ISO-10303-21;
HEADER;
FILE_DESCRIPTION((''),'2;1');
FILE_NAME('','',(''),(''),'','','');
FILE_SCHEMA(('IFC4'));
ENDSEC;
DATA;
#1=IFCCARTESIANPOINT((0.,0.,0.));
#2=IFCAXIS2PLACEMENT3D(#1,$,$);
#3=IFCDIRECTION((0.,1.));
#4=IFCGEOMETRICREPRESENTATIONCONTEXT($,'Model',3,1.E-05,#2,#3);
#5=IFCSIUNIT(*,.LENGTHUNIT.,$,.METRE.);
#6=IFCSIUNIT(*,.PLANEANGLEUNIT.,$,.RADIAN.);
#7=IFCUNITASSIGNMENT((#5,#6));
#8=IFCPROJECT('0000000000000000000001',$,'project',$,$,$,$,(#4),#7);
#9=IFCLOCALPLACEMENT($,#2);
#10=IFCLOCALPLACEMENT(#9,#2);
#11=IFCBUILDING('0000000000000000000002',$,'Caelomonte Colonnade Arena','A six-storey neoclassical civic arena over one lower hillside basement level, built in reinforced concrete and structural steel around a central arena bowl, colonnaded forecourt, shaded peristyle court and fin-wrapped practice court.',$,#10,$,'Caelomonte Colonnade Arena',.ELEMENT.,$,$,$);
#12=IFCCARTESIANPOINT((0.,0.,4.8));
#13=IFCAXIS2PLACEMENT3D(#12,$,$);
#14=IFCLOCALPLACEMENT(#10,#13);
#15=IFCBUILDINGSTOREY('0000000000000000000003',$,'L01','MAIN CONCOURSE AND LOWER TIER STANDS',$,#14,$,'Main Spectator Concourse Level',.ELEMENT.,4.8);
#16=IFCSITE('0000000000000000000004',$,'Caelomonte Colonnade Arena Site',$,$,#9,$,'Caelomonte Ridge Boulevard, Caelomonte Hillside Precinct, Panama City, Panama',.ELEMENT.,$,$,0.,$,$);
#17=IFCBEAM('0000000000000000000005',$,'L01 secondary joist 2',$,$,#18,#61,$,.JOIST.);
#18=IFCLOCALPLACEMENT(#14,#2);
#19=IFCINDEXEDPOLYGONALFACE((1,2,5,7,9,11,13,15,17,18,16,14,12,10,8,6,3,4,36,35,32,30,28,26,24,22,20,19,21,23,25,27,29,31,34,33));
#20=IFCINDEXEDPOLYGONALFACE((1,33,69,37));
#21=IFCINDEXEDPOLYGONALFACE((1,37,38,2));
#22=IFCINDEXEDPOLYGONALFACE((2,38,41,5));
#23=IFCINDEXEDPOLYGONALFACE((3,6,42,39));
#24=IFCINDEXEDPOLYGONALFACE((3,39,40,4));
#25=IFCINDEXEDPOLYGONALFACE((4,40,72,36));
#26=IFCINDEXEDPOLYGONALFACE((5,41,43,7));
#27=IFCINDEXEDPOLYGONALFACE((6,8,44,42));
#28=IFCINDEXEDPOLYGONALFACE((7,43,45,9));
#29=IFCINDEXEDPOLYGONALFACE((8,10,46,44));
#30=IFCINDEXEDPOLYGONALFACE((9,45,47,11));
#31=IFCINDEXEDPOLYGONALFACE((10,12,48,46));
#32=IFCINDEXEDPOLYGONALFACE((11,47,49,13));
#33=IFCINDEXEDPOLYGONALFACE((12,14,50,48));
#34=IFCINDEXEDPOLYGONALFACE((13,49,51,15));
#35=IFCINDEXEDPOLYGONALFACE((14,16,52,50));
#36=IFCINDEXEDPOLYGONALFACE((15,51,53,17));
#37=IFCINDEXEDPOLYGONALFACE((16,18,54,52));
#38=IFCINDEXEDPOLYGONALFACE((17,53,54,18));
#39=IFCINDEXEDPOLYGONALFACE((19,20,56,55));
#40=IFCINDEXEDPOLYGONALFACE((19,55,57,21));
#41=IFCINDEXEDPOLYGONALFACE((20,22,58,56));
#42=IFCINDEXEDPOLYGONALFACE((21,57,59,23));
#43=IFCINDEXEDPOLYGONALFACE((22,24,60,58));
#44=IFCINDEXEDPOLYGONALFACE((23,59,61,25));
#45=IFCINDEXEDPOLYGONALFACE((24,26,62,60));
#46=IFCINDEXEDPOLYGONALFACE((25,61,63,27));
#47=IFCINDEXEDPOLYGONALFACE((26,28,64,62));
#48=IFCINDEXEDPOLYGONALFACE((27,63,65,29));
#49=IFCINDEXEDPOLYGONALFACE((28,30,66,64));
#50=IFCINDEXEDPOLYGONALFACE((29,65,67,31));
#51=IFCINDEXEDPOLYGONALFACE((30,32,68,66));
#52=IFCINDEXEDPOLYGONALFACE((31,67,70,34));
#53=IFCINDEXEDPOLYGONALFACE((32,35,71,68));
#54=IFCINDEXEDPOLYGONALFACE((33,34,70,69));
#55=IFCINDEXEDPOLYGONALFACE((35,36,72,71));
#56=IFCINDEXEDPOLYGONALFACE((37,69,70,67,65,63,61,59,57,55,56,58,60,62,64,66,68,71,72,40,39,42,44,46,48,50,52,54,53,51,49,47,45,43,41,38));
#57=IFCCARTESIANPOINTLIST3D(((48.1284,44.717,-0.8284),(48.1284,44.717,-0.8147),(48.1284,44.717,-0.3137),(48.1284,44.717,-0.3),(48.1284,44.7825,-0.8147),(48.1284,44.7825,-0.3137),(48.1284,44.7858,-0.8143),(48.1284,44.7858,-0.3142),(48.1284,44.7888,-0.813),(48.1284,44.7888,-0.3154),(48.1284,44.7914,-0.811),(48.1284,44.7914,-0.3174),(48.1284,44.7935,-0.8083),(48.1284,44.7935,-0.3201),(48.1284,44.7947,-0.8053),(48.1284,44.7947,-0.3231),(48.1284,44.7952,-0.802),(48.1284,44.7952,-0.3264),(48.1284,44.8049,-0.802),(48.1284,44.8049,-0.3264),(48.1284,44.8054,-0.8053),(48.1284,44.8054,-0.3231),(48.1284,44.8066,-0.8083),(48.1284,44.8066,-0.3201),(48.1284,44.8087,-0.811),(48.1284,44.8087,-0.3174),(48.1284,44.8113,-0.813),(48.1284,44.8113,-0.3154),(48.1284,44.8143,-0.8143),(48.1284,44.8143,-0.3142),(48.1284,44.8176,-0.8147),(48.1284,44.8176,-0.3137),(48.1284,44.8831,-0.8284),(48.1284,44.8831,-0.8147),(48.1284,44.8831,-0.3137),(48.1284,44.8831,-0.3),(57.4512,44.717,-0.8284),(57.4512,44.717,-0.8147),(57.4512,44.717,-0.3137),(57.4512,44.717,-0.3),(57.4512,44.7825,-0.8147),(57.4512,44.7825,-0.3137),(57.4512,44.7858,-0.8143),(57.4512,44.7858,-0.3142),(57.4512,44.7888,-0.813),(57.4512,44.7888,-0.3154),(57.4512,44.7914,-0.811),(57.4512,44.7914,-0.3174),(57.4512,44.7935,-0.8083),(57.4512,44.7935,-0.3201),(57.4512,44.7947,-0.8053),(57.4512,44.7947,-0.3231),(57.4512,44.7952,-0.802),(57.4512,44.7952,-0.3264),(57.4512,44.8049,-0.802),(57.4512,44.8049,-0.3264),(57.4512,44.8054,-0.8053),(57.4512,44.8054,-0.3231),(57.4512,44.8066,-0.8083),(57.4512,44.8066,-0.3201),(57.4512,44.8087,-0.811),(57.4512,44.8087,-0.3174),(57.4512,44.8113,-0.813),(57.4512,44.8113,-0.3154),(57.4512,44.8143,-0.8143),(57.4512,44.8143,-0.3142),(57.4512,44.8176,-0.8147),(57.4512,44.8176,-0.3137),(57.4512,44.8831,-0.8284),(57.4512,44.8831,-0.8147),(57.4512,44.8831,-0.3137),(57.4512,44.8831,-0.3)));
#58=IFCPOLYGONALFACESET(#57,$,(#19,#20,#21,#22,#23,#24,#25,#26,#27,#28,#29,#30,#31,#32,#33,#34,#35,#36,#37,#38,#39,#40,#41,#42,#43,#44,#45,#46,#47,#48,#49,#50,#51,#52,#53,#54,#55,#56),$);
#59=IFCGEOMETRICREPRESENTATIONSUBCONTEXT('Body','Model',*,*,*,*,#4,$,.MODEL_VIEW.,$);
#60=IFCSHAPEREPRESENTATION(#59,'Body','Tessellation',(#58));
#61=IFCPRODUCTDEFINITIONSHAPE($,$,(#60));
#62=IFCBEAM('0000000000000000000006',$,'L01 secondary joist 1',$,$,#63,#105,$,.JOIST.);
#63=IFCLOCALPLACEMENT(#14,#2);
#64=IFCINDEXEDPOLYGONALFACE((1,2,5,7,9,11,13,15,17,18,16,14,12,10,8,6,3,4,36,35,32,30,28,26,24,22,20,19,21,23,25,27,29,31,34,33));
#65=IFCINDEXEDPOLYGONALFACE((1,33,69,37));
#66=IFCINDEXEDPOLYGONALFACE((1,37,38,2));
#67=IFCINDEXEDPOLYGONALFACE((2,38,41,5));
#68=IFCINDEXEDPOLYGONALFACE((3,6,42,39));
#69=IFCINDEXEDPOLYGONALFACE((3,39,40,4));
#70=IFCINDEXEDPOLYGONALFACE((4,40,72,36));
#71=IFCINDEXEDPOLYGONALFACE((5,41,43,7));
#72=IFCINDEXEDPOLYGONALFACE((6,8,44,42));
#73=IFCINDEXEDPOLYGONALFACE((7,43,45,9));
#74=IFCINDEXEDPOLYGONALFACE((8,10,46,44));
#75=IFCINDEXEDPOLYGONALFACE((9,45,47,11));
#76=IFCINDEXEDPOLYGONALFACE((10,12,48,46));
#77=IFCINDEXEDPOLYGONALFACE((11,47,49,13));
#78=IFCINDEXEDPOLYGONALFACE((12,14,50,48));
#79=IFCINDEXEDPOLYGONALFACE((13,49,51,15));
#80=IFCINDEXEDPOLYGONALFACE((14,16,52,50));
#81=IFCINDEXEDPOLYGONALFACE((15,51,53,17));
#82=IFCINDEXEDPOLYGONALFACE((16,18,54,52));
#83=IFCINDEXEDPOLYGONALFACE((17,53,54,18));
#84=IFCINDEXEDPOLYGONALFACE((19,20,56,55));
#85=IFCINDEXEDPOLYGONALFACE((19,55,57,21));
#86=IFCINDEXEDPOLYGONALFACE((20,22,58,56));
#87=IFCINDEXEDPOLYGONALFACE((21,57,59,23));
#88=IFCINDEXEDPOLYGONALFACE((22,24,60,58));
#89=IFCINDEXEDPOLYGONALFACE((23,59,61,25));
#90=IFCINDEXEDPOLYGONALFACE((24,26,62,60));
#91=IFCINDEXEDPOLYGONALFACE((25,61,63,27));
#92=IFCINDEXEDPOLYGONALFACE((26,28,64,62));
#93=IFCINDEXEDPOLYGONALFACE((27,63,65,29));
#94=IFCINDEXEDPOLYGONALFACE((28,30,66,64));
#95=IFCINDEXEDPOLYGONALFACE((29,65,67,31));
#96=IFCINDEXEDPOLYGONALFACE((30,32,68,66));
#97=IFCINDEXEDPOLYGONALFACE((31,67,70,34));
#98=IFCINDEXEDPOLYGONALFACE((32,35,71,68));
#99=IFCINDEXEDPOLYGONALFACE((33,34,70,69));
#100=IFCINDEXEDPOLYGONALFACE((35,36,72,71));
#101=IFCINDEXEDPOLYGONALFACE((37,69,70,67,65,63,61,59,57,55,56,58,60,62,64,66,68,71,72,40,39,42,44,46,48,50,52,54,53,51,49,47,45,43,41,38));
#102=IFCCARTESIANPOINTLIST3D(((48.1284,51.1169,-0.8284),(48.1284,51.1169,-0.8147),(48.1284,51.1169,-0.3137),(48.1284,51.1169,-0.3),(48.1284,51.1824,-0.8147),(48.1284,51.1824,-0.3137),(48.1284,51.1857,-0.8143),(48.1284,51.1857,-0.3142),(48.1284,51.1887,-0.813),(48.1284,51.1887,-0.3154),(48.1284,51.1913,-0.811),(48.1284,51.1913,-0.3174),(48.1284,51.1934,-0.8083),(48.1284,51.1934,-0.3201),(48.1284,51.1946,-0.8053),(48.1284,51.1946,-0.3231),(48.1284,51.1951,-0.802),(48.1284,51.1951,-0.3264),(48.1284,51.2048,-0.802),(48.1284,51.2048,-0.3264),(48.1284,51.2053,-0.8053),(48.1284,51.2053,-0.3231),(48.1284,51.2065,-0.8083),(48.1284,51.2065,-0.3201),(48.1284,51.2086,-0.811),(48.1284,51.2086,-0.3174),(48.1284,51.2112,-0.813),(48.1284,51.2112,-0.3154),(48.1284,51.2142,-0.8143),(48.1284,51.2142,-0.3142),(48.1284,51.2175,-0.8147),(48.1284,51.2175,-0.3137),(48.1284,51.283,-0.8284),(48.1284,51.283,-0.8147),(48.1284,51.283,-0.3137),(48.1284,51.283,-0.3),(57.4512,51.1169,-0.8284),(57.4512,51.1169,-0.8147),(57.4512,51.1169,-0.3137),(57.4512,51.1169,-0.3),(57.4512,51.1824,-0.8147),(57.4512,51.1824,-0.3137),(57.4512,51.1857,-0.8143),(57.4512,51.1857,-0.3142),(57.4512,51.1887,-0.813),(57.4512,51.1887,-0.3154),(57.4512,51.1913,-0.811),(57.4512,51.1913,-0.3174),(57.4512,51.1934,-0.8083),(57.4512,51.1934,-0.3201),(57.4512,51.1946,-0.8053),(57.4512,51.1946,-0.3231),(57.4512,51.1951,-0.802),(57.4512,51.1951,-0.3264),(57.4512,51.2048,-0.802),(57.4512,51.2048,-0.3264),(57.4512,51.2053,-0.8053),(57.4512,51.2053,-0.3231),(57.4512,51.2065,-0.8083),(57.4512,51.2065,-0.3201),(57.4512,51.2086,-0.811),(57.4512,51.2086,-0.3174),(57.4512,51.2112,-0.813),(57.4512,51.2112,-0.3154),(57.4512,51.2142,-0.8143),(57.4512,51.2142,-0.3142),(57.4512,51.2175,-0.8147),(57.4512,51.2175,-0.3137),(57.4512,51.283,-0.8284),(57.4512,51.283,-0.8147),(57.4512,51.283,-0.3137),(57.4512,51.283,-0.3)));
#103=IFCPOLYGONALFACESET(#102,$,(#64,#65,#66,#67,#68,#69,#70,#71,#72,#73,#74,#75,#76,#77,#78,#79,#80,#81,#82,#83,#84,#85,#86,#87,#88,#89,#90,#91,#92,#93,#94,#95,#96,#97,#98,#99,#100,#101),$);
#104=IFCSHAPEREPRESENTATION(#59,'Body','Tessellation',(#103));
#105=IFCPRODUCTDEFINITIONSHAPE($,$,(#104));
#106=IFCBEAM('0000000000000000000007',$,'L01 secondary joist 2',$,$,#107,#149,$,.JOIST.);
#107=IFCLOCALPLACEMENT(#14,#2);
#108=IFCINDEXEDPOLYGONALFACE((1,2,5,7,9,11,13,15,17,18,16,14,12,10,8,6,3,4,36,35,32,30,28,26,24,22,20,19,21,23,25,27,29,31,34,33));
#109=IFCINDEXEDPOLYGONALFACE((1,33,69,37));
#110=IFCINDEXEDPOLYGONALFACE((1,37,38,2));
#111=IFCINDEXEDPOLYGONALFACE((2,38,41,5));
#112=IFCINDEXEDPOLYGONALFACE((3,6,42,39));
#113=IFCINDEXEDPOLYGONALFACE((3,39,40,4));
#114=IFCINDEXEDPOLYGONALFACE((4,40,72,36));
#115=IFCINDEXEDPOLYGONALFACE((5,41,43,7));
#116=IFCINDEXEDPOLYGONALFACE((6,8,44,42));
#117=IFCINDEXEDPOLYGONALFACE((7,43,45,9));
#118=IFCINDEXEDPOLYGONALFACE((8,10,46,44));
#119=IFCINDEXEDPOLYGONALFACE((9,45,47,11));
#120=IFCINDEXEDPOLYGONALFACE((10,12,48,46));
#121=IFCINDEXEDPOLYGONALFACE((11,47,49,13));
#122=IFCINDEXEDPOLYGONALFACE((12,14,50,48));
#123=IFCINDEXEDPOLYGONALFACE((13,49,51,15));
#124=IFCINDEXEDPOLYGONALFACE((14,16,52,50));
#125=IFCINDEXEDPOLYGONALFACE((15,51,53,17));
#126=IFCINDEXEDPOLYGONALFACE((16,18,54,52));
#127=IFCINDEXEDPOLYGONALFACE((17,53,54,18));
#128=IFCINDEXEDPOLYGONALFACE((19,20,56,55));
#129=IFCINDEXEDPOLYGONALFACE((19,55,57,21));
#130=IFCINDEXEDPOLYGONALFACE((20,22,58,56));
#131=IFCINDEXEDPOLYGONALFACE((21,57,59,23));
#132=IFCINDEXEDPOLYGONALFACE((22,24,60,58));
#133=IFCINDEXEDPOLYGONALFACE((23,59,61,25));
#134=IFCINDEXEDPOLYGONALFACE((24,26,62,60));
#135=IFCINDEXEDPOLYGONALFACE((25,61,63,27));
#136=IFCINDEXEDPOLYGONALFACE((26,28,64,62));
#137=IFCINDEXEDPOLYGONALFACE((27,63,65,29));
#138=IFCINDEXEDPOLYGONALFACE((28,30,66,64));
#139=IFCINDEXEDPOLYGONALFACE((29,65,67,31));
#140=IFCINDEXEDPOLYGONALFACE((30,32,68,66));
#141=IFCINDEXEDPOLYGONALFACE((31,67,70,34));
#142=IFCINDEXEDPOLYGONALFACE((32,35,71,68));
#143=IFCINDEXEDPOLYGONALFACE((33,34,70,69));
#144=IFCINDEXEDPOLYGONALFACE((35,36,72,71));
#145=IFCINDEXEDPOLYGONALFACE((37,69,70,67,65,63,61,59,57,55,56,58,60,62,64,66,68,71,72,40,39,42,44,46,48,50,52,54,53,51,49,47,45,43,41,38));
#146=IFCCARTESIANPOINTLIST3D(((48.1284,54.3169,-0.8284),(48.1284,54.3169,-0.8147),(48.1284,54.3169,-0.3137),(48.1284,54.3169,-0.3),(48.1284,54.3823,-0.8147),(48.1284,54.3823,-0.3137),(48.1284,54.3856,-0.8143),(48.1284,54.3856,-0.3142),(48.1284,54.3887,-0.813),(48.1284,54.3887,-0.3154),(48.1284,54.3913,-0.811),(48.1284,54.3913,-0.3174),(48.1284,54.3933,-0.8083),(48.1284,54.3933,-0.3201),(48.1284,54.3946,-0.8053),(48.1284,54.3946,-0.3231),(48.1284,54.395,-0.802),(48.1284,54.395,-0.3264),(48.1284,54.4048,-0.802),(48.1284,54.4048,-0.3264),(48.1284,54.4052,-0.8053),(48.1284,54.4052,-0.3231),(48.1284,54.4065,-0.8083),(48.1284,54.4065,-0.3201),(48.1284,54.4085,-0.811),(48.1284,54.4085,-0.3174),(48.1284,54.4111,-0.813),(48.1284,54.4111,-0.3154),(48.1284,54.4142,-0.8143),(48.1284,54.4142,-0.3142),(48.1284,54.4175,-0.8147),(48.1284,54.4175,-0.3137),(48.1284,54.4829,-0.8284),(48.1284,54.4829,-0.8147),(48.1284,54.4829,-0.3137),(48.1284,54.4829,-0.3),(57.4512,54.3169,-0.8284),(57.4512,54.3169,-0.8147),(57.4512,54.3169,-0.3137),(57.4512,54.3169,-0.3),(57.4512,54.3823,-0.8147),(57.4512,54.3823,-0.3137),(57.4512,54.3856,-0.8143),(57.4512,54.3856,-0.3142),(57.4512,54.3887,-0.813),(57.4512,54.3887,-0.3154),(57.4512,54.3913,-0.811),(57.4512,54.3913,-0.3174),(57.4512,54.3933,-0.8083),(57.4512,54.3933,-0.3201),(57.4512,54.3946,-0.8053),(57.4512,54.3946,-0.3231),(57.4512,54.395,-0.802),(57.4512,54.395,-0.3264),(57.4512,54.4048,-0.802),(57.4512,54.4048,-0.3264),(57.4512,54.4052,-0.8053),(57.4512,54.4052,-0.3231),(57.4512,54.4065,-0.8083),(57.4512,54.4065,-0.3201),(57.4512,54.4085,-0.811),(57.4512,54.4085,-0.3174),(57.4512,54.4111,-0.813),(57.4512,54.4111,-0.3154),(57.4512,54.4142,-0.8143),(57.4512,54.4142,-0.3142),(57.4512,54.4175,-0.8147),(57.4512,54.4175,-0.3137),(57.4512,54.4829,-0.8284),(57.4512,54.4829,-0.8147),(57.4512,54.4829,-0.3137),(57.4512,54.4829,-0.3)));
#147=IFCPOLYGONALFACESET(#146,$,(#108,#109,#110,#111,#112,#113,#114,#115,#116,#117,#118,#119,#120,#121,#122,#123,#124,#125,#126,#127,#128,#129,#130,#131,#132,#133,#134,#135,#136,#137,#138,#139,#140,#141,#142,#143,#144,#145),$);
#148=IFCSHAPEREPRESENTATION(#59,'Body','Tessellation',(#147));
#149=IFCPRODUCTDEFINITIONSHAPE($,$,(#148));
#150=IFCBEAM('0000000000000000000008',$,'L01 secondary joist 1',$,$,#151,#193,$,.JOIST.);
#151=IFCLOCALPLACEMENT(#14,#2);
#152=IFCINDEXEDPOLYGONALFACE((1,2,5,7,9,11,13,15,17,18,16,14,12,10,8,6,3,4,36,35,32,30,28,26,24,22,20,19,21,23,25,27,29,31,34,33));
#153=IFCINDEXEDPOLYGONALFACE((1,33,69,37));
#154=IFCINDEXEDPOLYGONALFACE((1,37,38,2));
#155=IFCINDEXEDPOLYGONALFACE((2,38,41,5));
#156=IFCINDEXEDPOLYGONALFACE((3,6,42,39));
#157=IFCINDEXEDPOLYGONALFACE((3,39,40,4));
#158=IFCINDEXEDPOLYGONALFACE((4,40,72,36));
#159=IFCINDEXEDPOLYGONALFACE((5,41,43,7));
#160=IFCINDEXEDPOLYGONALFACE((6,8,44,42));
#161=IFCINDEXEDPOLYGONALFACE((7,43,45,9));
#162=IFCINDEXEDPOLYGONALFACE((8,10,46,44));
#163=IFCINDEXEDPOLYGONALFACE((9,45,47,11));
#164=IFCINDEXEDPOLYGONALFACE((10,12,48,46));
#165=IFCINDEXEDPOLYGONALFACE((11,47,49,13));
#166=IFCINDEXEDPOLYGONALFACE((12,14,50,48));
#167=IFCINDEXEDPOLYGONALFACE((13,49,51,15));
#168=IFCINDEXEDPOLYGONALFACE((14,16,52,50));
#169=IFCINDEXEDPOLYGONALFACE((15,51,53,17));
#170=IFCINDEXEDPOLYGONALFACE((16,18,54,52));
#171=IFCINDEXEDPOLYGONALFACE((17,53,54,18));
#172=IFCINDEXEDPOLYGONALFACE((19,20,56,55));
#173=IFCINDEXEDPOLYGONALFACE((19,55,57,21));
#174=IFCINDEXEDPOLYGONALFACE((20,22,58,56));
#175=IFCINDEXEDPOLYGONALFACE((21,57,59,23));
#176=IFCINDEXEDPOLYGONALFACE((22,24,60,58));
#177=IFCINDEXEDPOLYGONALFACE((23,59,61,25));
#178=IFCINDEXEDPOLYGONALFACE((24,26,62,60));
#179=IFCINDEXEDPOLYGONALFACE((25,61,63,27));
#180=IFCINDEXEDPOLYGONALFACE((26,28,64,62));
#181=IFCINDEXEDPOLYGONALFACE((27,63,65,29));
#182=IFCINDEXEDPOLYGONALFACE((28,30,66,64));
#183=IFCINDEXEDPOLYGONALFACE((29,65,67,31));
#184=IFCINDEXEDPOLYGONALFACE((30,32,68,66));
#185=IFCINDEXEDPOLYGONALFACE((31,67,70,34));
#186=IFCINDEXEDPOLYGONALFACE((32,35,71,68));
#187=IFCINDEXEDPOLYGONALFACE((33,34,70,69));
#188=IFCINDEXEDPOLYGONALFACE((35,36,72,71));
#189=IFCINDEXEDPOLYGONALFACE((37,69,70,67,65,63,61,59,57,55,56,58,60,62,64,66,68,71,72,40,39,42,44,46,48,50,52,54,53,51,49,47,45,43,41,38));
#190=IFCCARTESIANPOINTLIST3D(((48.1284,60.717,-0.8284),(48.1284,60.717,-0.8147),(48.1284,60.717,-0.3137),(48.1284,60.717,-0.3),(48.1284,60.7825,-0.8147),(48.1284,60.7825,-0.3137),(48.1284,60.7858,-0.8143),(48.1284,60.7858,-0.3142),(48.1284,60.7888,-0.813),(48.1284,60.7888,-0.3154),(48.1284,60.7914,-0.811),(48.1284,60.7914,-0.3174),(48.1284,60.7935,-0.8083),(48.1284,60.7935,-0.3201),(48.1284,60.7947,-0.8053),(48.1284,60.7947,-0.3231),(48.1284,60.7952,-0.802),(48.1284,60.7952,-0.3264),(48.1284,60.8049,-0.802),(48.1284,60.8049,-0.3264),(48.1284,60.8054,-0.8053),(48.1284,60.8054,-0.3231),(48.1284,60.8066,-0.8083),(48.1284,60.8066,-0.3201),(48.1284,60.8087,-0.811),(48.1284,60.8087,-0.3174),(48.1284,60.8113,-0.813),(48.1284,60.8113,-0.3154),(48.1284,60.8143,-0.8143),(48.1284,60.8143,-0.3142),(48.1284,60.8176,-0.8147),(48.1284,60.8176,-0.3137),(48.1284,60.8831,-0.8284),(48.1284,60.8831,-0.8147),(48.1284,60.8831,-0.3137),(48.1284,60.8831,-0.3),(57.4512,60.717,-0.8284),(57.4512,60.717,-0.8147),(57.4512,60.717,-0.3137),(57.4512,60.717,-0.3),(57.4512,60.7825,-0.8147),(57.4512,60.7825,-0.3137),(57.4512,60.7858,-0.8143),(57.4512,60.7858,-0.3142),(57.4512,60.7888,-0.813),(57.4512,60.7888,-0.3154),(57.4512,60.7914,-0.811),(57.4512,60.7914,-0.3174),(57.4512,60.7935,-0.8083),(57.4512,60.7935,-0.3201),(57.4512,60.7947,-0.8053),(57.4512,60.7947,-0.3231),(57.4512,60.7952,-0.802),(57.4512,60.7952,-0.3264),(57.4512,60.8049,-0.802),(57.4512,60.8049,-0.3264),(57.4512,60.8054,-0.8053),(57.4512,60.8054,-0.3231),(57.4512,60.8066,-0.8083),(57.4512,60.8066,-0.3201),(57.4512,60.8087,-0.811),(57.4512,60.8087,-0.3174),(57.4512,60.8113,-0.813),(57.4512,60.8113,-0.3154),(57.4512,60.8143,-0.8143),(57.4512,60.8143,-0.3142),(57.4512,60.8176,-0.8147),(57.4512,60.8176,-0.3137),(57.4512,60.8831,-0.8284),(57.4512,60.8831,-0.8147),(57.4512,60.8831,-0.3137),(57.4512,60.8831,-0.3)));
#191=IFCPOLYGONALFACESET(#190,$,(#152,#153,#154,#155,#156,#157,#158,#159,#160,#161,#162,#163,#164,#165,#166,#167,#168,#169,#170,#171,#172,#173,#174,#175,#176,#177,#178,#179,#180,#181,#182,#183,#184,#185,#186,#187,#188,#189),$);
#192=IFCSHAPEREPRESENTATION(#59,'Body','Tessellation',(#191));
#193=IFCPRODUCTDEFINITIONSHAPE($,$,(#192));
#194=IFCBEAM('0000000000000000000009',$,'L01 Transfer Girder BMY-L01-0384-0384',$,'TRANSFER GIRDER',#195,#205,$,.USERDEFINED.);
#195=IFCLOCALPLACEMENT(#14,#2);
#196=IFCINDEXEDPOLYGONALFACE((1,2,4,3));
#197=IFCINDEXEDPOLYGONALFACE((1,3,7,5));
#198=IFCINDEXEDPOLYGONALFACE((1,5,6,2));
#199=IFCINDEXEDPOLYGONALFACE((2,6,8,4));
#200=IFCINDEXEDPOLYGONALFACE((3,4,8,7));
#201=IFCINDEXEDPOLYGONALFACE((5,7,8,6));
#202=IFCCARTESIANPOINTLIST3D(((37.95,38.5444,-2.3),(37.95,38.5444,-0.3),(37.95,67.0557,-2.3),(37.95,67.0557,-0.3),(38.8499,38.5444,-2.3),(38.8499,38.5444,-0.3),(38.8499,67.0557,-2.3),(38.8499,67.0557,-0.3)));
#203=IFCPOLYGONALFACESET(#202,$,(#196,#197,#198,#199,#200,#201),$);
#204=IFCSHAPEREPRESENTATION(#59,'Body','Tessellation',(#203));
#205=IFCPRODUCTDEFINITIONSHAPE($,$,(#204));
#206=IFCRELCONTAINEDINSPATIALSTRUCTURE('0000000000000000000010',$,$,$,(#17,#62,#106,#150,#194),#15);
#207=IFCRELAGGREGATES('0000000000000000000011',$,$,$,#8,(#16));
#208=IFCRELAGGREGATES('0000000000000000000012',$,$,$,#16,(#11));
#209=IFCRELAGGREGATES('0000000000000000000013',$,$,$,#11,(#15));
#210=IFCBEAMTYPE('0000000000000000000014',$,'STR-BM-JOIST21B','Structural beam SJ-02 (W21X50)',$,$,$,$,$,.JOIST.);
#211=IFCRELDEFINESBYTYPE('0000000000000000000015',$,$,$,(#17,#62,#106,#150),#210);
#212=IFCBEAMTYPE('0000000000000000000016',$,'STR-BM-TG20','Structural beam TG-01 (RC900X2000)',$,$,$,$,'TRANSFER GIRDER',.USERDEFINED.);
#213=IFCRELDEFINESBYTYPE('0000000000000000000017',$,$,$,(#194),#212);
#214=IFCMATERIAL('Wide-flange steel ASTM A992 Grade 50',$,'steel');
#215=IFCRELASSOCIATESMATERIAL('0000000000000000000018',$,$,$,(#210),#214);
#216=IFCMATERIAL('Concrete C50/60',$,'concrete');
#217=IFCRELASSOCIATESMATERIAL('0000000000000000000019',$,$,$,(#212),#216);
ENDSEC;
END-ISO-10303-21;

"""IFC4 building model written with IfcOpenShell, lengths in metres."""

from ifc_helpers import new_model, si_unit, direction, frame, origin, origin_2d, place, context, subcontext, project, spatial, rectangle, i_section, extrude, material, material_profile, profile_set, type_object, element, save


model = new_model("IFC4")

# Units and contexts
model_context = context("Model", 3, precision=1e-05, world=origin(), true_north=direction((0.0, 1.0)))
body_context = subcontext(model_context, "Body", "Model", "MODEL_VIEW")
ifc_project = project(units=[si_unit("LENGTHUNIT", "METRE"), si_unit("PLANEANGLEUNIT", "RADIAN")], contexts=[model_context])

# Site, building, storey
site_placement = place(None, origin())
site = spatial("IfcSite", under=ifc_project, at=site_placement, Name="Caelomonte Colonnade Arena Site", LongName="Caelomonte Ridge Boulevard, Caelomonte Hillside Precinct, Panama City, Panama", CompositionType="ELEMENT", RefElevation=0.0)
building_placement = place(site_placement, origin())
building = spatial("IfcBuilding", under=site, at=building_placement, Name="Caelomonte Colonnade Arena", Description="A six-storey neoclassical civic arena over one lower hillside basement level, built in reinforced concrete and structural steel around a central arena bowl, colonnaded forecourt, shaded peristyle court and fin-wrapped practice court.", LongName="Caelomonte Colonnade Arena", CompositionType="ELEMENT")
storey_placement = place(building_placement, frame((0.0, 0.0, 4.8)))
storey = spatial("IfcBuildingStorey", under=building, at=storey_placement, Name="L01", Description="MAIN CONCOURSE AND LOWER TIER STANDS", LongName="Main Spectator Concourse Level", CompositionType="ELEMENT", Elevation=4.8)

# Shared definitions
ifc_material_1 = material(Name="Wide-flange steel ASTM A992 Grade 50", Category="steel")

# Beams
ifc_material_profile_1 = material_profile(ifc_material_1, i_section(OverallWidth=0.166, OverallDepth=0.5283, WebThickness=0.0098, FlangeThickness=0.0137, FilletRadius=0.0127, at=origin_2d()), Name="W21X50")
ifc_profile_set_1 = profile_set([ifc_material_profile_1], Name="Wide-flange steel ASTM A992 Grade 50")
beam_type_1 = type_object("IfcBeamType", Name="STR-BM-JOIST21B", Description="Structural beam SJ-02 (W21X50)", PredefinedType="JOIST", material=ifc_profile_set_1)
for number, where, z_axis, x_axis, name in (
    (1, (48.1284, 44.8, -0.5642), (1.0, 0.0, 0.0), (0.0, 1.0, 0.0), "L01 secondary joist 2"),
    (2, (48.1284, 51.2, -0.5642), (1.0, 0.0, 0.0), (0.0, 1.0, 0.0), "L01 secondary joist 1"),
    (3, (48.1284, 54.3999, -0.5642), (1.0, 0.0, 0.0), (0.0, 1.0, 0.0), "L01 secondary joist 2"),
    (4, (48.1284, 60.8, -0.5642), (1.0, 0.0, 0.0), (0.0, 1.0, 0.0), "L01 secondary joist 1"),
):
    element("IfcBeam", number, at=place(storey_placement, frame(where, z_axis=z_axis, x_axis=x_axis)), inside=storey, type_object=beam_type_1, Name=name, PredefinedType="JOIST", context=body_context, shape_type="SweptSolid", body=[
        extrude(i_section(OverallWidth=0.166, OverallDepth=0.5283, WebThickness=0.0098, FlangeThickness=0.0137, FilletRadius=0.0127, at=origin_2d()), origin(), (0.0, 0.0, 1.0), 9.3228),
    ])
ifc_material_2 = material(Name="Concrete C50/60", Category="concrete")
ifc_material_profile_2 = material_profile(ifc_material_2, rectangle(XDim=0.8999, YDim=2.0, at=origin_2d()), Name="RC900X2000")
ifc_profile_set_2 = profile_set([ifc_material_profile_2], Name="Concrete C50/60")
beam_type_2 = type_object("IfcBeamType", Name="STR-BM-TG20", Description="Structural beam TG-01 (RC900X2000)", ElementType="TRANSFER GIRDER", PredefinedType="USERDEFINED", material=ifc_profile_set_2)
beam_1_placement = place(storey_placement, frame((38.3999, 38.5444, -1.3), z_axis=(0.0, 1.0, 0.0), x_axis=(-1.0, 0.0, 0.0)))
element("IfcBeam", 5, at=beam_1_placement, inside=storey, type_object=beam_type_2, Name="L01 Transfer Girder BMY-L01-0384-0384", ObjectType="TRANSFER GIRDER", PredefinedType="USERDEFINED", context=body_context, shape_type="SweptSolid", body=[
    extrude(rectangle(XDim=0.8999, YDim=2.0, at=origin_2d()), origin(), (0.0, 0.0, 1.0), 28.5112),
])

save(model, "model.ifc")
